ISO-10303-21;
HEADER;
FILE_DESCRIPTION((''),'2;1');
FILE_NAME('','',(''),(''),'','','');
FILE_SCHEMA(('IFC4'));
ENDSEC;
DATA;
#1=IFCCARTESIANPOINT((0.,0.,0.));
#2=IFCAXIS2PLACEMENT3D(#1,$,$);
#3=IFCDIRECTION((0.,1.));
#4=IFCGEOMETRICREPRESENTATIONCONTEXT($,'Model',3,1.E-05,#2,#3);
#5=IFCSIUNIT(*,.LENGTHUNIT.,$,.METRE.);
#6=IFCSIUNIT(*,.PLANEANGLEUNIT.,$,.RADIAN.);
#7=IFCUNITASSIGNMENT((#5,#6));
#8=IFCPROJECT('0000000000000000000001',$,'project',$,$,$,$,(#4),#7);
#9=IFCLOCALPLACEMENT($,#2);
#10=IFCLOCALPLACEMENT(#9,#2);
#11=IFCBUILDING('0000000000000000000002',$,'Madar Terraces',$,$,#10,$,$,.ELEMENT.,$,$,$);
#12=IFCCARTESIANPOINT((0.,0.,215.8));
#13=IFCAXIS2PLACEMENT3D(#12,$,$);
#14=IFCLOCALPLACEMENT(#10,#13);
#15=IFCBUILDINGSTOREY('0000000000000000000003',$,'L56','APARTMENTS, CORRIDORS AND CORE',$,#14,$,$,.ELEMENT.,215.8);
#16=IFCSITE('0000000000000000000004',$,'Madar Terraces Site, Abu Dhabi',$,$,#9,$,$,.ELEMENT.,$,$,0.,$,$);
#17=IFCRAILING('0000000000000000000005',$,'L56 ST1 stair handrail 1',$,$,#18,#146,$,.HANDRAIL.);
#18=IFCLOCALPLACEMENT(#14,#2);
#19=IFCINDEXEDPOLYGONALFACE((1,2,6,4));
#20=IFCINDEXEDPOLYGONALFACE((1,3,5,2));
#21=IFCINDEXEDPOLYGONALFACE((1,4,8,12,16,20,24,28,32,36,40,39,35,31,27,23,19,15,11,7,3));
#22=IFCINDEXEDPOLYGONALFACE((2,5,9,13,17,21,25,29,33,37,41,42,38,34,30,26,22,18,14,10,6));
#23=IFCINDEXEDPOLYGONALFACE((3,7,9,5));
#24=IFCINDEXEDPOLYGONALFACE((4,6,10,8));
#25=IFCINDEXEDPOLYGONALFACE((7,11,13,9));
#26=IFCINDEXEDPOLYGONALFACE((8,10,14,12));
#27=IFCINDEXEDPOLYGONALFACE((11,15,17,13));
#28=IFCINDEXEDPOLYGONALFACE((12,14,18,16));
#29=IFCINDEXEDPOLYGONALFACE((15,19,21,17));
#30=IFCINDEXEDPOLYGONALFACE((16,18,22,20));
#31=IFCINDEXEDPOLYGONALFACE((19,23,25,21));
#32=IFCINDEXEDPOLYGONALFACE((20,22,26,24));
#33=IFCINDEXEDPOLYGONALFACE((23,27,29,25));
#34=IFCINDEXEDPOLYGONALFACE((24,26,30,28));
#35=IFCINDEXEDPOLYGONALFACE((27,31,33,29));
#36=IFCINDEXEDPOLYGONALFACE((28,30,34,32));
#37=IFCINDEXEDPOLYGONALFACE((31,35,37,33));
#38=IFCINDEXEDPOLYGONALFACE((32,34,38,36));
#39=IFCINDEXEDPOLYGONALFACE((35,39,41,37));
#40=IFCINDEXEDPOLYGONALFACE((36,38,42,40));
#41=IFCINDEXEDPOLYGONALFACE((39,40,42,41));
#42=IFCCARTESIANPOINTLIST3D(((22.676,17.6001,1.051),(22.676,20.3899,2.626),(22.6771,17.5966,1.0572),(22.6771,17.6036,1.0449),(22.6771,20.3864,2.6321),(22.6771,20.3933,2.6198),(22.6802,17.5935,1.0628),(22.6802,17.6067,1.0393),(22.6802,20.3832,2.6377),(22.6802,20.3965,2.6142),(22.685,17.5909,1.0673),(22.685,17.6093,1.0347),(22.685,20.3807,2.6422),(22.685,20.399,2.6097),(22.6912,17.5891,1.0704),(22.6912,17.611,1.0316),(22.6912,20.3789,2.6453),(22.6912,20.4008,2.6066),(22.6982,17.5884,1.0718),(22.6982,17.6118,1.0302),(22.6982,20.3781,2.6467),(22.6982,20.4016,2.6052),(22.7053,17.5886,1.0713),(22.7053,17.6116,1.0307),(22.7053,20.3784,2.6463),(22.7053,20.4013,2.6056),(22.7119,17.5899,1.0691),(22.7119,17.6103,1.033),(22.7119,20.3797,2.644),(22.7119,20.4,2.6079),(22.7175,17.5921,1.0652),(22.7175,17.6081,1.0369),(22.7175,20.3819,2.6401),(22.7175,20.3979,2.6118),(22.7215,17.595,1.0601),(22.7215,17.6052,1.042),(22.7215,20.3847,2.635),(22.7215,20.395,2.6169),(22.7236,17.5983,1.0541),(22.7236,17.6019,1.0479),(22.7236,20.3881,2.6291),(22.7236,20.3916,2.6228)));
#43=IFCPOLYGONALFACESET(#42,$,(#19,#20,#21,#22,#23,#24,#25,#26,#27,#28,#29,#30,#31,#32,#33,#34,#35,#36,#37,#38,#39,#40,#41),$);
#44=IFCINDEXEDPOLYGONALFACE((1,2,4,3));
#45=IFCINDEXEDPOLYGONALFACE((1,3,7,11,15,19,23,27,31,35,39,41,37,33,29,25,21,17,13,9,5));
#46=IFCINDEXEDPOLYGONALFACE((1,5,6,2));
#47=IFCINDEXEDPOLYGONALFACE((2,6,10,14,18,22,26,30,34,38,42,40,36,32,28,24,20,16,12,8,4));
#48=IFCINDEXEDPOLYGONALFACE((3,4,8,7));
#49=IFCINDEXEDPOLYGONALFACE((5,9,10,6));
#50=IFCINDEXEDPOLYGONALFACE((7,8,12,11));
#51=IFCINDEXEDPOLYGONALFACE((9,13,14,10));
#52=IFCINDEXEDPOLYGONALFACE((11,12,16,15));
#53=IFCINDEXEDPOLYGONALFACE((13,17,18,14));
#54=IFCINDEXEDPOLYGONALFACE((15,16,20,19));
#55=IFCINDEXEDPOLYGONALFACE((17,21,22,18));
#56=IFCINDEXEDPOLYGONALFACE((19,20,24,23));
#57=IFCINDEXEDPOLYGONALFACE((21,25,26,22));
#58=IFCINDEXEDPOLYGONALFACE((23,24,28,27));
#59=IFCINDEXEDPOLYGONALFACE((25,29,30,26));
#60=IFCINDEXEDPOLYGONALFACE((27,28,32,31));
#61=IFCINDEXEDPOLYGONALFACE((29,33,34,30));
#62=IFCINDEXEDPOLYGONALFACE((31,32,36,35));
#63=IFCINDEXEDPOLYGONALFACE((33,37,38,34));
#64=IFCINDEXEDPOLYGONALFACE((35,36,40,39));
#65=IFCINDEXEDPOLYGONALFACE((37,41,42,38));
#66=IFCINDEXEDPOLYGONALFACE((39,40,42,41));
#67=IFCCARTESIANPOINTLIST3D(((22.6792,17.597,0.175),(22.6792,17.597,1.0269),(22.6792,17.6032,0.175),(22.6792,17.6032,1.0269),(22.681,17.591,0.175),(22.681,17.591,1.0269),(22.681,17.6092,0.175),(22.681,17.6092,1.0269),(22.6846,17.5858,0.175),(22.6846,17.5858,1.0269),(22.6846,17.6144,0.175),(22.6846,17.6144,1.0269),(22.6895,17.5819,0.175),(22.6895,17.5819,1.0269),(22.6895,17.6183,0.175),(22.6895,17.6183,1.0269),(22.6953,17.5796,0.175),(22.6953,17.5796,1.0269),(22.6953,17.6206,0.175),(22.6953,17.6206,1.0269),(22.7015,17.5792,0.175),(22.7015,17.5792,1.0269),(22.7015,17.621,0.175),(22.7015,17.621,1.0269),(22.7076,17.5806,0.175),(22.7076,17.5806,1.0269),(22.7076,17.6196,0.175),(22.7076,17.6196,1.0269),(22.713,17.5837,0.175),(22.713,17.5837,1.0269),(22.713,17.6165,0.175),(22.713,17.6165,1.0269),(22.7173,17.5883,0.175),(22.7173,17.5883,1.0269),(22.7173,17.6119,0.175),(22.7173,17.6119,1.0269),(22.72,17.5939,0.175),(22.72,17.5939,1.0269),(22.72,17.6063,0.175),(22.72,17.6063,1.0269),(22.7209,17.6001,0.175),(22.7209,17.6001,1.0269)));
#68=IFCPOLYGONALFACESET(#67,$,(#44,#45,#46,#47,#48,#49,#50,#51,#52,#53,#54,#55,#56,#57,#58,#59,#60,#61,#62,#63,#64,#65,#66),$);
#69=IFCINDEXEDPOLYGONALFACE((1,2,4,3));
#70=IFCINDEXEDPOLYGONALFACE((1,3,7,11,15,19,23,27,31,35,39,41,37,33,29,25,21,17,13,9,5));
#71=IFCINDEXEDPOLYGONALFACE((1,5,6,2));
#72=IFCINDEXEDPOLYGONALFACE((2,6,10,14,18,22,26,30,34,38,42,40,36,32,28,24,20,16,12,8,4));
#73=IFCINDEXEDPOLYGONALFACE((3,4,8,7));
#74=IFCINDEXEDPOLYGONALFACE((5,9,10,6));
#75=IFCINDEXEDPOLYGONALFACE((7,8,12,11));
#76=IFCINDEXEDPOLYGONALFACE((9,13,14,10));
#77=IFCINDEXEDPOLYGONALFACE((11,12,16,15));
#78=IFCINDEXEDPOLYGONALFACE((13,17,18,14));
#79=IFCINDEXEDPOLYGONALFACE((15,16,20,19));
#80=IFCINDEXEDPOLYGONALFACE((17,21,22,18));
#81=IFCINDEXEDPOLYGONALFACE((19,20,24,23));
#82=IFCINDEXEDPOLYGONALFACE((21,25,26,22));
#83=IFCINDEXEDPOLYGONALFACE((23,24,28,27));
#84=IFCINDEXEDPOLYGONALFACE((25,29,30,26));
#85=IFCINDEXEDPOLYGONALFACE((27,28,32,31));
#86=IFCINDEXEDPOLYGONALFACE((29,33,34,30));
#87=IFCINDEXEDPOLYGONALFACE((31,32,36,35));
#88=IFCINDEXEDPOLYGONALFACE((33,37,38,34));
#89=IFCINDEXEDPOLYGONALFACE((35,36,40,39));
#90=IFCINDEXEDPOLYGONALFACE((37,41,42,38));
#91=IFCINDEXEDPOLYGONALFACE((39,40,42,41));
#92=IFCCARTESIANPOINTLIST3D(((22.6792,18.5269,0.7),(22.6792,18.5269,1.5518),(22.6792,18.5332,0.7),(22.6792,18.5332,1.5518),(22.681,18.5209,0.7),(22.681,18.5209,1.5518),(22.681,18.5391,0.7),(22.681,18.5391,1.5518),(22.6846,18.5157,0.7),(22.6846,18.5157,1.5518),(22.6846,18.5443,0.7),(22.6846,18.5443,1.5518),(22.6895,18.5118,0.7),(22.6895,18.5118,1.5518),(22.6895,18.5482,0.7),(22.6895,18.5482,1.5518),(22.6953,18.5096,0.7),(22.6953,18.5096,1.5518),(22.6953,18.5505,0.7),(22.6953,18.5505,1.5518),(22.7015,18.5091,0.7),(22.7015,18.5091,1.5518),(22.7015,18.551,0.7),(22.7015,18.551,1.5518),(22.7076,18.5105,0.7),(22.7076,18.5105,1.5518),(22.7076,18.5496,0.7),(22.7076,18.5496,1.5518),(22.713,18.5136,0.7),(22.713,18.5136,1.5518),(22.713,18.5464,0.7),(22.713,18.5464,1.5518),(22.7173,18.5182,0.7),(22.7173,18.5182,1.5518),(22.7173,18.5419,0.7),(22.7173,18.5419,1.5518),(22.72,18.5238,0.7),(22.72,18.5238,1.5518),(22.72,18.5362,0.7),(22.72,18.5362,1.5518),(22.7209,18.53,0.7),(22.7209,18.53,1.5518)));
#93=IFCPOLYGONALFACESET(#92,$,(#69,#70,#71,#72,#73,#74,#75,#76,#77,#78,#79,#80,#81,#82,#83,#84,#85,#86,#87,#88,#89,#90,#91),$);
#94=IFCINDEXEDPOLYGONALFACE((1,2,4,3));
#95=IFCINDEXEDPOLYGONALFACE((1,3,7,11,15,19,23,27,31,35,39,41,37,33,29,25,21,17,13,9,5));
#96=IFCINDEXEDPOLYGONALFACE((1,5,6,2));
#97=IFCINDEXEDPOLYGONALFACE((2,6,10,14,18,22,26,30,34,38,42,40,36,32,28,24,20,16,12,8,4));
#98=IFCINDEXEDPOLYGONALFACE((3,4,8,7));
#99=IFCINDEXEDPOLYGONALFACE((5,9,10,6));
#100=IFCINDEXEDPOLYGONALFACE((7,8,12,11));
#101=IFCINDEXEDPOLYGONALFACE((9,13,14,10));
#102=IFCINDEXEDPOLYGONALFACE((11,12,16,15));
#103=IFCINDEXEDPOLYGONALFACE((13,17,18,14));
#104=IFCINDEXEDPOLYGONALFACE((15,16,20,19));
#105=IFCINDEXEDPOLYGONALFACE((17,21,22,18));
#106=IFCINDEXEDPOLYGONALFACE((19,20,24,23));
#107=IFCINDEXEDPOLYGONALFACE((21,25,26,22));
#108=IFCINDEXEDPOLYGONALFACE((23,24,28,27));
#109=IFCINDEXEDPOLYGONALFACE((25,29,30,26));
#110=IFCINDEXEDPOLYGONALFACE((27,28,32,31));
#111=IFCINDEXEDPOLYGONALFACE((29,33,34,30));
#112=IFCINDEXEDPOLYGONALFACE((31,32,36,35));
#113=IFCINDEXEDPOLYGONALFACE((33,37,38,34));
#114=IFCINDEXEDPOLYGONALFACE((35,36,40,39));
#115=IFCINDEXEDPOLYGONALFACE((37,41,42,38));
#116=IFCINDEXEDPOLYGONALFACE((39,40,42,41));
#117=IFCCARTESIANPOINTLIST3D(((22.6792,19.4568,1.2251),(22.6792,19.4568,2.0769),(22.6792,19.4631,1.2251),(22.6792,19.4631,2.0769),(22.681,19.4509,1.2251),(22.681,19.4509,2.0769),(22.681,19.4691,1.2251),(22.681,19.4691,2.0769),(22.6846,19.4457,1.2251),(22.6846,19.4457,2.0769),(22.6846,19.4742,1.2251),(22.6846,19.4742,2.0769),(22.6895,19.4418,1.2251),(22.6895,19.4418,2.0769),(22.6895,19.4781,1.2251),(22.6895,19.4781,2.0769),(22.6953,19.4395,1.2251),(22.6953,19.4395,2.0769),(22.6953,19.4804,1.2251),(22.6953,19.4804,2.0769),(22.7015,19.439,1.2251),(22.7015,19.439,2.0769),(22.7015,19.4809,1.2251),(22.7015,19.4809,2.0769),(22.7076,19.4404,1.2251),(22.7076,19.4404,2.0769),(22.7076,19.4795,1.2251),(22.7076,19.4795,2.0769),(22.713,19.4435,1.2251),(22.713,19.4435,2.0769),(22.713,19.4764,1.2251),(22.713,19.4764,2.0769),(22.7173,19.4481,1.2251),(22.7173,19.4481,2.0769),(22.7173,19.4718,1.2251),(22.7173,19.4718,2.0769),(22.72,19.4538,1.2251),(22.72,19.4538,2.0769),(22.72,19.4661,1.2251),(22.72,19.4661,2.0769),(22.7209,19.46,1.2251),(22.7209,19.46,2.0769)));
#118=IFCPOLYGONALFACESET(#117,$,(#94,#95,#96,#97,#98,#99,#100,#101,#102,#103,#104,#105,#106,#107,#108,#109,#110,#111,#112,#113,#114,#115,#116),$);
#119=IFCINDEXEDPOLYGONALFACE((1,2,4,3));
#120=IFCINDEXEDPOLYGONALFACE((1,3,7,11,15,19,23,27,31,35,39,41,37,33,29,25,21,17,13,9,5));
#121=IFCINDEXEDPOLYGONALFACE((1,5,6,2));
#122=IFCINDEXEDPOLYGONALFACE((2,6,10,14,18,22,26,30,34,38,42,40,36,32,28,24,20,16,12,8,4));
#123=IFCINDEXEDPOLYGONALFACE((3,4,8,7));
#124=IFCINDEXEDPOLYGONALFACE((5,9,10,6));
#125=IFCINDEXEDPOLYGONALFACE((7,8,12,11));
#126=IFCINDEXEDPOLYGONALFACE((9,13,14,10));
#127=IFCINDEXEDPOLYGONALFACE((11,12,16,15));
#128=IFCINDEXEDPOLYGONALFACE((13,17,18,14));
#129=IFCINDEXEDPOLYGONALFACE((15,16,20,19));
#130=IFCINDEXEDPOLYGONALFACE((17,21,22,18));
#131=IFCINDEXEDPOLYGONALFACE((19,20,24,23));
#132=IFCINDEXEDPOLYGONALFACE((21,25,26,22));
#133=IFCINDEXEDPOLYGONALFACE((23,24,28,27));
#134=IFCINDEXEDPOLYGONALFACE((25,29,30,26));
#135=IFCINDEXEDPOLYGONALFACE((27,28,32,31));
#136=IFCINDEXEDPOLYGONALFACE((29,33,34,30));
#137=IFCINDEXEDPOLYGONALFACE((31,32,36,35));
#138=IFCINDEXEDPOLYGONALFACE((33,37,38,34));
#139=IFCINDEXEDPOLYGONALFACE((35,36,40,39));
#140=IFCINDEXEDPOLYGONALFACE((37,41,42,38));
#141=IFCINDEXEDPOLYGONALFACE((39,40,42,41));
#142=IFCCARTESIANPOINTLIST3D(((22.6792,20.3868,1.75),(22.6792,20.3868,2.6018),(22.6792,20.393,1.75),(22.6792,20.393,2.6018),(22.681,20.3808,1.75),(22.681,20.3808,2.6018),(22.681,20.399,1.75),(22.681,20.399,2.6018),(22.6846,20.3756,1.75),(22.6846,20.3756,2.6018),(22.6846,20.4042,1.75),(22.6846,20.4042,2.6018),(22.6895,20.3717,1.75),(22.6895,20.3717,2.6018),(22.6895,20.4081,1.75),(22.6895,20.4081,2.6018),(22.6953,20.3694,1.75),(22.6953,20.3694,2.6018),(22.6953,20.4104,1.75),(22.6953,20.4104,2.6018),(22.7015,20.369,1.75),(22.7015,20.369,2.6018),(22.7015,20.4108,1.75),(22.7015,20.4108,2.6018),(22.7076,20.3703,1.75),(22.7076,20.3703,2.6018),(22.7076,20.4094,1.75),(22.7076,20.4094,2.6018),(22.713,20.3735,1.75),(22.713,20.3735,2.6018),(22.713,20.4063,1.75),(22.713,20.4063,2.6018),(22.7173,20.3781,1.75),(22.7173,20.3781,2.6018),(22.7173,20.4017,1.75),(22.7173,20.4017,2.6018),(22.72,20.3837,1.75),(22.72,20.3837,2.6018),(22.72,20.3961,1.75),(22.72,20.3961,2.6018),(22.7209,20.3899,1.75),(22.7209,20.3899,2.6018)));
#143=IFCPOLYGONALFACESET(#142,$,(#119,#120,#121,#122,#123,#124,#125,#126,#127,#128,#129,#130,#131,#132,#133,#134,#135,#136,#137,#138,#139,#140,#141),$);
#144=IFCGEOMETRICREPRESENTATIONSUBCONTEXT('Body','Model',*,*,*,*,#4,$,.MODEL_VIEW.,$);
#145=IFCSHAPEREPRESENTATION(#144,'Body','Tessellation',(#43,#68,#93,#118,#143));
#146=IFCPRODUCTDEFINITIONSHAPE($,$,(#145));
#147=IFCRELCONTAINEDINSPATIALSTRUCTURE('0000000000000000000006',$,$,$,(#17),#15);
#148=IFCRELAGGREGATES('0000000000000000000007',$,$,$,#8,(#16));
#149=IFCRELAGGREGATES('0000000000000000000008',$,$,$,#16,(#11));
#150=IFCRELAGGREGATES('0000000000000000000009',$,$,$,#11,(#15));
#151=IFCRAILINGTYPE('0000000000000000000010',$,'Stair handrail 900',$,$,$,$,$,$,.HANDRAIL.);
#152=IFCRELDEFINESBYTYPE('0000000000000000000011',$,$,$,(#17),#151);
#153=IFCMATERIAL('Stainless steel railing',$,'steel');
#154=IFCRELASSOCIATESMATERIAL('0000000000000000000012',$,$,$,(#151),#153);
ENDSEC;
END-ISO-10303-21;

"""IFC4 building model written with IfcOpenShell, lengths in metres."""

from ifc_helpers import new_model, si_unit, direction, frame, origin, origin_2d, place, context, subcontext, project, spatial, circle, extrude, material, type_object, element, save


model = new_model("IFC4")

# Units and contexts
model_context = context("Model", 3, precision=1e-05, world=origin(), true_north=direction((0.0, 1.0)))
body_context = subcontext(model_context, "Body", "Model", "MODEL_VIEW")
ifc_project = project(units=[si_unit("LENGTHUNIT", "METRE"), si_unit("PLANEANGLEUNIT", "RADIAN")], contexts=[model_context])

# Site, building, storey
site_placement = place(None, origin())
site = spatial("IfcSite", under=ifc_project, at=site_placement, Name="Madar Terraces Site, Abu Dhabi", CompositionType="ELEMENT", RefElevation=0.0)
building_placement = place(site_placement, origin())
building = spatial("IfcBuilding", under=site, at=building_placement, Name="Madar Terraces", CompositionType="ELEMENT")
storey_placement = place(building_placement, frame((0.0, 0.0, 215.8)))
storey = spatial("IfcBuildingStorey", under=building, at=storey_placement, Name="L56", Description="APARTMENTS, CORRIDORS AND CORE", CompositionType="ELEMENT", Elevation=215.8)

# Railing
ifc_material_1 = material(Name="Stainless steel railing", Category="steel")
railing_type_1 = type_object("IfcRailingType", Name="Stair handrail 900", PredefinedType="HANDRAIL", material=ifc_material_1)
railing_placement = place(storey_placement, frame((22.7, 17.6001, 0.175)))
element("IfcRailing", 1, at=railing_placement, inside=storey, type_object=railing_type_1, Name="L56 ST1 stair handrail 1", PredefinedType="HANDRAIL", context=body_context, shape_type="SweptSolid", body=[
    extrude(circle(Radius=0.0239, at=origin_2d()), frame((0.0, 0.0, 0.876), z_axis=(0.0, 0.870815, 0.49161), x_axis=(-1.0, 0.0, 0.0)), (0.0, 0.0, 1.0), 3.2036),
    extrude(circle(Radius=0.021, at=origin_2d()), origin(), (0.0, 0.0, 1.0), 0.8518),
    extrude(circle(Radius=0.021, at=origin_2d()), frame((0.0, 0.9299, 0.5249)), (0.0, 0.0, 1.0), 0.8518),
    extrude(circle(Radius=0.021, at=origin_2d()), frame((0.0, 1.8599, 1.05)), (0.0, 0.0, 1.0), 0.8518),
    extrude(circle(Radius=0.021, at=origin_2d()), frame((0.0, 2.7898, 1.575)), (0.0, 0.0, 1.0), 0.8518),
])

save(model, "model.ifc")
